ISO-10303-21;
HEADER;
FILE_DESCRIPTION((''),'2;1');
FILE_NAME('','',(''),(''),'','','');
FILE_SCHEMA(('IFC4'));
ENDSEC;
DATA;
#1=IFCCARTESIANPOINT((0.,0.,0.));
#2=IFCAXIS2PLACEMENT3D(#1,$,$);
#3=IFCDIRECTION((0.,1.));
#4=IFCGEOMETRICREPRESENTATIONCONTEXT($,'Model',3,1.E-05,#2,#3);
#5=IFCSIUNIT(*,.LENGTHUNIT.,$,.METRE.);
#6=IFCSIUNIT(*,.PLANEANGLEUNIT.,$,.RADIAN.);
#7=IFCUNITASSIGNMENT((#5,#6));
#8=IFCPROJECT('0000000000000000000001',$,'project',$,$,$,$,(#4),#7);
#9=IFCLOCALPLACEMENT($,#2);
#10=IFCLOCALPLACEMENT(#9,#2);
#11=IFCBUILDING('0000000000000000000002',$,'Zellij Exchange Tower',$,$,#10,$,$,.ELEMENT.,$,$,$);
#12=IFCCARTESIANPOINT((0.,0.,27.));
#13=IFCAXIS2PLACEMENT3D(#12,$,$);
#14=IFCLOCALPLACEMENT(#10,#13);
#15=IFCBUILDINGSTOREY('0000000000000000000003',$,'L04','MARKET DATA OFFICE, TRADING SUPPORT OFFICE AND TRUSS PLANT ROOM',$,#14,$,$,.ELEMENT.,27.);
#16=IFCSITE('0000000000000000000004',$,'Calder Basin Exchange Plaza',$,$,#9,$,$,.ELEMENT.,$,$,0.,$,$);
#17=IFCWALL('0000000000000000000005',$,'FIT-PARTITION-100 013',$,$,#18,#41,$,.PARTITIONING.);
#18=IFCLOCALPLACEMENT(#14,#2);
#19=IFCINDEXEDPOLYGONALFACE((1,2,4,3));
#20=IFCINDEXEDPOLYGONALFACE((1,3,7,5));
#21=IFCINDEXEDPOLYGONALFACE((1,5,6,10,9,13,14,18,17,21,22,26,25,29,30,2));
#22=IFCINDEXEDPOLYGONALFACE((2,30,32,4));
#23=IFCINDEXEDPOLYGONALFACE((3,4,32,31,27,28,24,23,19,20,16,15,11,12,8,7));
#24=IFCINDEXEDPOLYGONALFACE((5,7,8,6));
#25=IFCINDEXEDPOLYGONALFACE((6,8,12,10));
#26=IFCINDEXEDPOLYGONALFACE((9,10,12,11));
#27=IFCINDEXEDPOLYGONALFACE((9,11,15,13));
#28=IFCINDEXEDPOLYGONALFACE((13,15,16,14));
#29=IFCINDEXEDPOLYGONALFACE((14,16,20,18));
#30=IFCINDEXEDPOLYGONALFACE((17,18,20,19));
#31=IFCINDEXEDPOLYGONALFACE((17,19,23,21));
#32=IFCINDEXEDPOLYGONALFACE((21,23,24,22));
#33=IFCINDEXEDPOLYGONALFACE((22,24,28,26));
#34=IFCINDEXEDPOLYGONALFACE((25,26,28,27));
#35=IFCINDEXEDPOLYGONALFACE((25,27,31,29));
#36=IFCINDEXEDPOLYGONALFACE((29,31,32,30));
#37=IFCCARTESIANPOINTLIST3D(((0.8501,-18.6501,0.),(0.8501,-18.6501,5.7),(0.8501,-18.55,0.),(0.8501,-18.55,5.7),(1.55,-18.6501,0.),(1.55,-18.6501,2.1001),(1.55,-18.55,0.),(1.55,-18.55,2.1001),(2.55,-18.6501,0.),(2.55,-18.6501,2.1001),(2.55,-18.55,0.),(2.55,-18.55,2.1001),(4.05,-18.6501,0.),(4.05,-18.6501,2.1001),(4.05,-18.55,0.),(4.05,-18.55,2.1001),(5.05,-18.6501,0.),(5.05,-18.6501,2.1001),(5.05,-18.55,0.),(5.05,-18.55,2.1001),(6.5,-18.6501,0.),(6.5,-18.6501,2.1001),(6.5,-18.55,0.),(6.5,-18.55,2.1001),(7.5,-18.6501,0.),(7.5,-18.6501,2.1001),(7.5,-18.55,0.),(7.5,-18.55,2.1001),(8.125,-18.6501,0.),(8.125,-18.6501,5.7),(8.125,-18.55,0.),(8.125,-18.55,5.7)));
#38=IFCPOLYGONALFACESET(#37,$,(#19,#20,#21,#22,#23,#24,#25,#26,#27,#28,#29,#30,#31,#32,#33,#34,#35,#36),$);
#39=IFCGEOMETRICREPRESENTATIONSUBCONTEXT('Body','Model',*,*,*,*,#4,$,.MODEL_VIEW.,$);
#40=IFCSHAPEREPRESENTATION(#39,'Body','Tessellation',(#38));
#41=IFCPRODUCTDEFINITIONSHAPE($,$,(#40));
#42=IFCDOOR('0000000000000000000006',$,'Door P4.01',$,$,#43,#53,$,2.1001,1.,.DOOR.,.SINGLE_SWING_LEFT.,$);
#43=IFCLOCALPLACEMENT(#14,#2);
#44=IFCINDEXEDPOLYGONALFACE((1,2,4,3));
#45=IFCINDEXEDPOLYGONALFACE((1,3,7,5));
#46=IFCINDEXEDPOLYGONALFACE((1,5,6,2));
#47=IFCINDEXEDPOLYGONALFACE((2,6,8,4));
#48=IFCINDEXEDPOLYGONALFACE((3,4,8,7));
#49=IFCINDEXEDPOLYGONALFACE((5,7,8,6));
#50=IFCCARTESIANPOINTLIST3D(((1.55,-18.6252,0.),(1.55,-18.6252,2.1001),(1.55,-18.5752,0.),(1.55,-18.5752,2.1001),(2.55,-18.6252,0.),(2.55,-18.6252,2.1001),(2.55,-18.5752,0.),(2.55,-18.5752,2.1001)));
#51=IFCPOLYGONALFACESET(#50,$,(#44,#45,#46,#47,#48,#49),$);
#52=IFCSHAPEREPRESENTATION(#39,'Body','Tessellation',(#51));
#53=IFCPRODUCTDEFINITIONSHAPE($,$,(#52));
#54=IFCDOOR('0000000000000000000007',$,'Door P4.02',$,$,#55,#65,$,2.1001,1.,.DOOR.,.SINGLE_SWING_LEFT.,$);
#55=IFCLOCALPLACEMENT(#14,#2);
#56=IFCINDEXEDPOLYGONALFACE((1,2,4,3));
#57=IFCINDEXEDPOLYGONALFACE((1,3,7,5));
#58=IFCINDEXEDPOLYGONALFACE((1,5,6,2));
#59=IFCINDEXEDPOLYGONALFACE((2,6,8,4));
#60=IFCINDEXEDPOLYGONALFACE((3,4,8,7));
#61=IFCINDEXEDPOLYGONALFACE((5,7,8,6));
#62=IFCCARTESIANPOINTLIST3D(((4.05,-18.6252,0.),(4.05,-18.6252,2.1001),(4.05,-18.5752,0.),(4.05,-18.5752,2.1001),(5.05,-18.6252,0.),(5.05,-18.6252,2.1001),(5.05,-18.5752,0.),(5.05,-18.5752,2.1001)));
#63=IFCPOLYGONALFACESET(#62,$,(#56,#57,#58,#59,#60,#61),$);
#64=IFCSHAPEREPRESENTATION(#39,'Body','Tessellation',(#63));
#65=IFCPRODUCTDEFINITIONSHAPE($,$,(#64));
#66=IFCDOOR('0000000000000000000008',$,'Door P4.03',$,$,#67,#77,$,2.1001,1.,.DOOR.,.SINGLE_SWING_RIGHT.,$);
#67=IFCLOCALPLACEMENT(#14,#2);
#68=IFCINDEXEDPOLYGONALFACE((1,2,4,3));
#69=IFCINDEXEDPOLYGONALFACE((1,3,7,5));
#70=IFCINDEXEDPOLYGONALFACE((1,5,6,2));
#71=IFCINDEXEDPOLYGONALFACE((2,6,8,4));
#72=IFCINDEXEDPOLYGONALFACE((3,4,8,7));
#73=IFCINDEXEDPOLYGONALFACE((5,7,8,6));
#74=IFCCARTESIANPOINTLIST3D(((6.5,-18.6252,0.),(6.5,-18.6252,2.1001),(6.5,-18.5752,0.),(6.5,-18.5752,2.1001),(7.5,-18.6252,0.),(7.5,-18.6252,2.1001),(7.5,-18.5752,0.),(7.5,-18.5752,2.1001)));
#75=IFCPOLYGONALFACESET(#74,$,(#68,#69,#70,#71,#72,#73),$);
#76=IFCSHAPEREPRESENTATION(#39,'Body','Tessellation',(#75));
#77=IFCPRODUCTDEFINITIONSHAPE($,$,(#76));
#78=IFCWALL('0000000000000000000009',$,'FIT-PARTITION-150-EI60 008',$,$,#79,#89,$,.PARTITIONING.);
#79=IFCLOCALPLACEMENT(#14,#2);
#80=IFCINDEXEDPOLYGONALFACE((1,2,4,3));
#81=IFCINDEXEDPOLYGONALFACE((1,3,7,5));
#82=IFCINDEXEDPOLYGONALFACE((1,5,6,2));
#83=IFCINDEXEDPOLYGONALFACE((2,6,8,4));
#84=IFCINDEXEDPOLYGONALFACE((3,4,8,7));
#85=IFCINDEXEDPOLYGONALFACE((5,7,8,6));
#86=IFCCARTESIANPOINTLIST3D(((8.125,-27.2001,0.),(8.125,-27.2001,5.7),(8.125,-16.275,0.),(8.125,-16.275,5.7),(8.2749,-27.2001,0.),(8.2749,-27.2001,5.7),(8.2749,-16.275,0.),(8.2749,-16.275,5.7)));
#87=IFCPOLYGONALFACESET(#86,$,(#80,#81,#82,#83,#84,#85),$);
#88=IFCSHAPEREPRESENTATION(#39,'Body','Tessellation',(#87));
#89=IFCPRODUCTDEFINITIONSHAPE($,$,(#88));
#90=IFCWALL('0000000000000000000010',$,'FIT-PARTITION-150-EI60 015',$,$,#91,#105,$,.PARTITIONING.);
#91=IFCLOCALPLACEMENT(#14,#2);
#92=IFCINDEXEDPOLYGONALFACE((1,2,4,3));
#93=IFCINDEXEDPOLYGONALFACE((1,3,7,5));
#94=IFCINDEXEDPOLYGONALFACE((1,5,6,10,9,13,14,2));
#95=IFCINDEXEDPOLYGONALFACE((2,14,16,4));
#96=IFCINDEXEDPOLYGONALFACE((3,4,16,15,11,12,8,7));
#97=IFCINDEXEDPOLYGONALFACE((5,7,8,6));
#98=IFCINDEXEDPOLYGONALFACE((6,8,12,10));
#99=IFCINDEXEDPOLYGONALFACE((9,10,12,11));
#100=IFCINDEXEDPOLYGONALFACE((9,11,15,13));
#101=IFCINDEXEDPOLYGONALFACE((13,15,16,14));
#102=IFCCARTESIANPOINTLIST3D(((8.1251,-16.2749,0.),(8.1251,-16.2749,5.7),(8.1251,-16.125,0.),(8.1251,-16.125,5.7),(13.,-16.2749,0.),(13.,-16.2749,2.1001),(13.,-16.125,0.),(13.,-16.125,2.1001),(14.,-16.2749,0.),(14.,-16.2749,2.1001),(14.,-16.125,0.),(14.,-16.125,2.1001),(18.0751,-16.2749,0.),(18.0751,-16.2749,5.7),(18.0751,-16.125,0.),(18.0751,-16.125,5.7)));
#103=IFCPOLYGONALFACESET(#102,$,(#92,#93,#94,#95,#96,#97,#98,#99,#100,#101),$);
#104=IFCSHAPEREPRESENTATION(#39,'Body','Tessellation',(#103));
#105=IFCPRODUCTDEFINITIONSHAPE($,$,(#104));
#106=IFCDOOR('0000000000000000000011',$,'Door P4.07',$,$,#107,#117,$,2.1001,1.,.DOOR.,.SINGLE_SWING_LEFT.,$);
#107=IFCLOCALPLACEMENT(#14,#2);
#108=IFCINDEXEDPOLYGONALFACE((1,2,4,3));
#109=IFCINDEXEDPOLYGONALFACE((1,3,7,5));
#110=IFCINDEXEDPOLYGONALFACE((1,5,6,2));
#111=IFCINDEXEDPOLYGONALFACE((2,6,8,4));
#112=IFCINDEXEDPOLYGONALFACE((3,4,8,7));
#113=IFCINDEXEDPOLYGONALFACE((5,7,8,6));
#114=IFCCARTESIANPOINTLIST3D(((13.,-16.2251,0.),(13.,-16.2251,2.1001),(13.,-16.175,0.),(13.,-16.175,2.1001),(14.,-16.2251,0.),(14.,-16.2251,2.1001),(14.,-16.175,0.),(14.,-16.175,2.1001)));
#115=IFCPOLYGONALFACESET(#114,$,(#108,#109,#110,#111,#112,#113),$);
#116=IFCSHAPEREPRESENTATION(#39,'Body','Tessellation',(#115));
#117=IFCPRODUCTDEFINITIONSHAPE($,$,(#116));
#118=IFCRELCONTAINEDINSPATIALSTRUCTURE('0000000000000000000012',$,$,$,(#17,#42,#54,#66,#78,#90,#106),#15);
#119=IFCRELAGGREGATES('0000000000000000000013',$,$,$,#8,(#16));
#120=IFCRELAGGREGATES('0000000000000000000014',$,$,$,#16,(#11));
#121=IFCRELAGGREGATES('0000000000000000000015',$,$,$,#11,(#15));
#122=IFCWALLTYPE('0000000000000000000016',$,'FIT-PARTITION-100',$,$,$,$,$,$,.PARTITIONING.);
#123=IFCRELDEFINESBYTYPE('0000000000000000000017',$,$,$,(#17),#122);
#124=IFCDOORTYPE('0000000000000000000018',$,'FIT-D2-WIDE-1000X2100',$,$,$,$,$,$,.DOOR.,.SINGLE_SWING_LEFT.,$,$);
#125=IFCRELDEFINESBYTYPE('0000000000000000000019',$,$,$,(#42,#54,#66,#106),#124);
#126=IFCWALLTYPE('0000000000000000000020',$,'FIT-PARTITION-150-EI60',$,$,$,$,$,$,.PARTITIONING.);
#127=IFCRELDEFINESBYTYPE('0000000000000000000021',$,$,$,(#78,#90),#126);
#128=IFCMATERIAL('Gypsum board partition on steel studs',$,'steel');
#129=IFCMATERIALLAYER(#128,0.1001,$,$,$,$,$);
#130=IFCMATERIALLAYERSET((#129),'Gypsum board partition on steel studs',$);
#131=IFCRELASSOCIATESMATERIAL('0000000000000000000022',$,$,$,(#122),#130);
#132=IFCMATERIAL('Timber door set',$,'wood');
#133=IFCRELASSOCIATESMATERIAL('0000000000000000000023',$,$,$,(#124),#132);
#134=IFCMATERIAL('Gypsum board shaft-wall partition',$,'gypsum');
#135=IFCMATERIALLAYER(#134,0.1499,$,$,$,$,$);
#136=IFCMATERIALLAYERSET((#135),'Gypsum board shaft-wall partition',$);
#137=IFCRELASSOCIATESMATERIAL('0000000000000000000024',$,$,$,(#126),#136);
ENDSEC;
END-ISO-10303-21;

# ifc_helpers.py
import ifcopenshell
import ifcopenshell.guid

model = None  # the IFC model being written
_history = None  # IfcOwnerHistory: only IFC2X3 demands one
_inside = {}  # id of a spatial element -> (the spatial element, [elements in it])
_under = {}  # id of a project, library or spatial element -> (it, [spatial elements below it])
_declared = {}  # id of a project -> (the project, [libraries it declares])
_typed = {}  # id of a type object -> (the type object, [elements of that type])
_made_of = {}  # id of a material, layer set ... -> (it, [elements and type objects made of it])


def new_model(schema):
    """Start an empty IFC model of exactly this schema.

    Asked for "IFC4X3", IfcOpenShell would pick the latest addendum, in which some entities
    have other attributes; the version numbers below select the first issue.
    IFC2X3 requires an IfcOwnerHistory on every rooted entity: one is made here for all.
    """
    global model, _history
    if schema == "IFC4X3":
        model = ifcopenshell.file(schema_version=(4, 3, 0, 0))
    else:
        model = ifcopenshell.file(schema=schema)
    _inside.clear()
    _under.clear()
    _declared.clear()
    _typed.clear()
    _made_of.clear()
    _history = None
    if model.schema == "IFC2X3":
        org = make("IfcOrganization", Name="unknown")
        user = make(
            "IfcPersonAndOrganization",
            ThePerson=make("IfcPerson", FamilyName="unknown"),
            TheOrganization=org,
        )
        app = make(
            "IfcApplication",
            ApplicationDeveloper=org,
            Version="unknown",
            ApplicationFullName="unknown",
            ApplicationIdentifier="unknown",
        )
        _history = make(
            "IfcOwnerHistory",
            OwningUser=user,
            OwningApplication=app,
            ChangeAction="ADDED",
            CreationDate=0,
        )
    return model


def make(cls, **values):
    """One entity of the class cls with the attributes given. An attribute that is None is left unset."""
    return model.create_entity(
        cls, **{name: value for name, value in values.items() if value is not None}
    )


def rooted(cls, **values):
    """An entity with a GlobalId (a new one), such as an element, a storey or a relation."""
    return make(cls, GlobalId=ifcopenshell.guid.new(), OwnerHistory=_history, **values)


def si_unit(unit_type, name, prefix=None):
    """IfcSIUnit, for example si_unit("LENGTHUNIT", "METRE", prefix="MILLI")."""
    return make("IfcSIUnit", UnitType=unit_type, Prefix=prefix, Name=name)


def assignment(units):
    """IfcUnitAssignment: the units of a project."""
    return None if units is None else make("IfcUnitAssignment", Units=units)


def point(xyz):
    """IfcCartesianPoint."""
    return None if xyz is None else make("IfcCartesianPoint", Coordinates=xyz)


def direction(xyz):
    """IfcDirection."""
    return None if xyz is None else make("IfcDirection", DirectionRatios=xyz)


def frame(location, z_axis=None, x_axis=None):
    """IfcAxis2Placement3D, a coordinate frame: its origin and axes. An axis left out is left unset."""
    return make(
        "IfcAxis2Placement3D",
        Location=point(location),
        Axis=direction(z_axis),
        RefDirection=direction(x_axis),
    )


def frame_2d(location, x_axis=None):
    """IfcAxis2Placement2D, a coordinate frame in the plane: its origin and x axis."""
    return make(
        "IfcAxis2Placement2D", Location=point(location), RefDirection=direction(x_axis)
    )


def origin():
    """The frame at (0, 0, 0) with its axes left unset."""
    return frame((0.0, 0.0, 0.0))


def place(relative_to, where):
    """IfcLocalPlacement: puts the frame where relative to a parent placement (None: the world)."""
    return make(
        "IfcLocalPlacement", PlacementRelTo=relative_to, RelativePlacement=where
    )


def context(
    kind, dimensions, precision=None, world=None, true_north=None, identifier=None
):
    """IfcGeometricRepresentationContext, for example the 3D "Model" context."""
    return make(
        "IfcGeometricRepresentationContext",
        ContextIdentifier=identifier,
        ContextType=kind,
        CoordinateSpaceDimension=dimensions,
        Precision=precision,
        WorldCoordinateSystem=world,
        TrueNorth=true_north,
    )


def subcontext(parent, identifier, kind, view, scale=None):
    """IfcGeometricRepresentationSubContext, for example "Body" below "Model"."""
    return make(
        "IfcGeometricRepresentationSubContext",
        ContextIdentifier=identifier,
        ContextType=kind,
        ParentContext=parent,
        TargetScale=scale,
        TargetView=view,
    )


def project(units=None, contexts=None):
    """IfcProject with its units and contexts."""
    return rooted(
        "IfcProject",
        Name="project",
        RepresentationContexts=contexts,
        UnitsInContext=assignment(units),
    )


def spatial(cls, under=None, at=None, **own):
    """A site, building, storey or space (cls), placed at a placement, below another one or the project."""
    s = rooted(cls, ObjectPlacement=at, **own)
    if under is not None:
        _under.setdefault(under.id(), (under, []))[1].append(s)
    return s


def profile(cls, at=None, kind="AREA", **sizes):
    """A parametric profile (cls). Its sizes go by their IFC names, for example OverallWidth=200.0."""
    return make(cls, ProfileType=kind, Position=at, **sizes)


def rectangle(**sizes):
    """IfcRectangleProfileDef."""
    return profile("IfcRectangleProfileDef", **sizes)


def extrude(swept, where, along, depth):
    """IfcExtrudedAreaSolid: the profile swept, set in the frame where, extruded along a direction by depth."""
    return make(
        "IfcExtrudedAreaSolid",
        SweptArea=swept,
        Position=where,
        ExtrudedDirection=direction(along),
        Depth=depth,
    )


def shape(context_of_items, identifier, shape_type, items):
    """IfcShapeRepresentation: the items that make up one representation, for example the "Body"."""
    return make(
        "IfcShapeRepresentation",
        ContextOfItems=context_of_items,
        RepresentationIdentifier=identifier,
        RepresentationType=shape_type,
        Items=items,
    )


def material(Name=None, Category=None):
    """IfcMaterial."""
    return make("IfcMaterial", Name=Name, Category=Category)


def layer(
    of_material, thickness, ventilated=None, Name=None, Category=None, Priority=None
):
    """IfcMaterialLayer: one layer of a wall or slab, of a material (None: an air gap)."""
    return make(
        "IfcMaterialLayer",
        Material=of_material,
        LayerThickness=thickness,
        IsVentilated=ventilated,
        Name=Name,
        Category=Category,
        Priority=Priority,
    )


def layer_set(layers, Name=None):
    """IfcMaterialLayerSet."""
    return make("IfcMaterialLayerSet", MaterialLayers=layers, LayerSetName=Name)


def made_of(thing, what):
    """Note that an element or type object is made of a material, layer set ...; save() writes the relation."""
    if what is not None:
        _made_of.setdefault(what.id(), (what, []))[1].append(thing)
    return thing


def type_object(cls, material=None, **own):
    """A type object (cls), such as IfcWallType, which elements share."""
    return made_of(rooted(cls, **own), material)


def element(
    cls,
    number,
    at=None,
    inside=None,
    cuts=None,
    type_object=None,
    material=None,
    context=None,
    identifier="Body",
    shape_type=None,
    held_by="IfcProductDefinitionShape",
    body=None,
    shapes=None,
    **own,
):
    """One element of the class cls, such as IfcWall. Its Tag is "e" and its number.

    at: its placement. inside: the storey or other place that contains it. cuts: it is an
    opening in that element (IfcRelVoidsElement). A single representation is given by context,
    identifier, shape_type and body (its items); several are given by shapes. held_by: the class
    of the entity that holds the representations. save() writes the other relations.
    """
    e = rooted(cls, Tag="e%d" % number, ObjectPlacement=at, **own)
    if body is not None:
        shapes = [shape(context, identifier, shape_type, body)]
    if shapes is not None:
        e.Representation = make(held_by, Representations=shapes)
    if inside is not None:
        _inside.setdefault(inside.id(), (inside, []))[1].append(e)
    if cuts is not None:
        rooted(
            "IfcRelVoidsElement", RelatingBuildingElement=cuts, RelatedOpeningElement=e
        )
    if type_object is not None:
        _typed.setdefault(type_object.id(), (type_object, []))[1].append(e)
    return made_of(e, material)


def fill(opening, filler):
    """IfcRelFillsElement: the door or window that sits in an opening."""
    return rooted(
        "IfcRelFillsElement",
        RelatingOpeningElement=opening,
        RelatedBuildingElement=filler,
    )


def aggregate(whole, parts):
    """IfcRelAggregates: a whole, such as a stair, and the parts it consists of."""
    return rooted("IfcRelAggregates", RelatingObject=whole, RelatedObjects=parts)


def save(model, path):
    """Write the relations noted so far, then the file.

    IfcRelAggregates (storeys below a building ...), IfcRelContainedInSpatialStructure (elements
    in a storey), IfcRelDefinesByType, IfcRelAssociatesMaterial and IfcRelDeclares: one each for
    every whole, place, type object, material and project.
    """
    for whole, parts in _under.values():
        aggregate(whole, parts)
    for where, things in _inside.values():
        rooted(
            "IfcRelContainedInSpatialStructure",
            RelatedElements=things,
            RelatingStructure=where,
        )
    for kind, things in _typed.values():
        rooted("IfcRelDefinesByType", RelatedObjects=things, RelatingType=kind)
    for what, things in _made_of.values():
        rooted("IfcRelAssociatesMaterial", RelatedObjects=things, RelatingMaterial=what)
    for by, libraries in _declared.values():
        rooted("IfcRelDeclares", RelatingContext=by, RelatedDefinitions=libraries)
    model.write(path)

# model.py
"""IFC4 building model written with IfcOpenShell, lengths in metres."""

from ifc_helpers import new_model, si_unit, direction, frame, frame_2d, origin, place, context, subcontext, project, spatial, rectangle, extrude, material, layer, layer_set, type_object, element, fill, save


model = new_model("IFC4")

# Units and contexts
model_context = context("Model", 3, precision=1e-05, world=origin(), true_north=direction((0.0, 1.0)))
body_context = subcontext(model_context, "Body", "Model", "MODEL_VIEW")
ifc_project = project(units=[si_unit("LENGTHUNIT", "METRE"), si_unit("PLANEANGLEUNIT", "RADIAN")], contexts=[model_context])

# Site, building, storey
site_placement = place(None, origin())
site = spatial("IfcSite", under=ifc_project, at=site_placement, Name="Calder Basin Exchange Plaza", CompositionType="ELEMENT", RefElevation=0.0)
building_placement = place(site_placement, origin())
building = spatial("IfcBuilding", under=site, at=building_placement, Name="Zellij Exchange Tower", CompositionType="ELEMENT")
storey_placement = place(building_placement, frame((0.0, 0.0, 27.0)))
storey = spatial("IfcBuildingStorey", under=building, at=storey_placement, Name="L04", Description="MARKET DATA OFFICE, TRADING SUPPORT OFFICE AND TRUSS PLANT ROOM", CompositionType="ELEMENT", Elevation=27.0)

# Shared definitions
ifc_material_1 = material(Name="Gypsum board partition on steel studs", Category="steel")
ifc_layer_1 = layer(ifc_material_1, 0.1001)
ifc_layer_set_1 = layer_set([ifc_layer_1], Name="Gypsum board partition on steel studs")
wall_type_1 = type_object("IfcWallType", Name="FIT-PARTITION-100", PredefinedType="PARTITIONING", material=ifc_layer_set_1)

# Wall, openings, doors
wall_1_placement = place(storey_placement, frame((0.8501, -18.6001, 0.0), z_axis=(0.0, 0.0, 1.0), x_axis=(1.0, 0.0, 0.0)))
wall_1 = element("IfcWall", 1, at=wall_1_placement, inside=storey, type_object=wall_type_1, Name="FIT-PARTITION-100 013", PredefinedType="PARTITIONING", context=body_context, shape_type="SweptSolid", body=[
    extrude(rectangle(XDim=7.2749, YDim=0.1001, at=frame_2d((3.6375, 0.0))), origin(), (0.0, 0.0, 1.0), 5.7),
])
opening_1_placement = place(wall_1_placement, frame((0.7, 0.0, 0.0)))
opening_1 = element("IfcOpeningElement", 2, at=opening_1_placement, cuts=wall_1, PredefinedType="OPENING", context=body_context, shape_type="SweptSolid", body=[
    extrude(rectangle(XDim=1.0, YDim=2.1001, at=frame_2d((0.5, 1.05))), frame((0.0, 0.062, 0.0), z_axis=(0.0, -1.0, 0.0), x_axis=(1.0, 0.0, 0.0)), (0.0, 0.0, 1.0), 0.124),
])
opening_2_placement = place(wall_1_placement, frame((3.2, 0.0, 0.0)))
opening_2 = element("IfcOpeningElement", 3, at=opening_2_placement, cuts=wall_1, PredefinedType="OPENING", context=body_context, shape_type="SweptSolid", body=[
    extrude(rectangle(XDim=1.0, YDim=2.1001, at=frame_2d((0.5, 1.05))), frame((0.0, 0.062, 0.0), z_axis=(0.0, -1.0, 0.0), x_axis=(1.0, 0.0, 0.0)), (0.0, 0.0, 1.0), 0.124),
])
opening_3_placement = place(wall_1_placement, frame((5.6499, 0.0, 0.0)))
opening_3 = element("IfcOpeningElement", 4, at=opening_3_placement, cuts=wall_1, PredefinedType="OPENING", context=body_context, shape_type="SweptSolid", body=[
    extrude(rectangle(XDim=1.0, YDim=2.1001, at=frame_2d((0.5, 1.05))), frame((0.0, 0.062, 0.0), z_axis=(0.0, -1.0, 0.0), x_axis=(1.0, 0.0, 0.0)), (0.0, 0.0, 1.0), 0.124),
])
ifc_material_2 = material(Name="Timber door set", Category="wood")
door_type_1 = type_object("IfcDoorType", Name="FIT-D2-WIDE-1000X2100", OperationType="SINGLE_SWING_LEFT", PredefinedType="DOOR", material=ifc_material_2)
door_1_placement = place(opening_1_placement, origin())
door_1 = element("IfcDoor", 5, at=door_1_placement, inside=storey, type_object=door_type_1, Name="Door P4.01", OperationType="SINGLE_SWING_LEFT", OverallHeight=2.1001, OverallWidth=1.0, PredefinedType="DOOR", context=body_context, shape_type="SweptSolid", body=[
    extrude(rectangle(XDim=1.0, YDim=2.1001, at=frame_2d((0.5, 1.05))), frame((0.0, 0.0249, 0.0), z_axis=(0.0, -1.0, 0.0), x_axis=(1.0, 0.0, 0.0)), (0.0, 0.0, 1.0), 0.05),
])
fill(opening_1, door_1)
door_2_placement = place(opening_2_placement, origin())
door_2 = element("IfcDoor", 6, at=door_2_placement, inside=storey, type_object=door_type_1, Name="Door P4.02", OperationType="SINGLE_SWING_LEFT", OverallHeight=2.1001, OverallWidth=1.0, PredefinedType="DOOR", context=body_context, shape_type="SweptSolid", body=[
    extrude(rectangle(XDim=1.0, YDim=2.1001, at=frame_2d((0.5, 1.05))), frame((0.0, 0.0249, 0.0), z_axis=(0.0, -1.0, 0.0), x_axis=(1.0, 0.0, 0.0)), (0.0, 0.0, 1.0), 0.05),
])
fill(opening_2, door_2)
door_3_placement = place(opening_3_placement, origin())
door_3 = element("IfcDoor", 7, at=door_3_placement, inside=storey, type_object=door_type_1, Name="Door P4.03", OperationType="SINGLE_SWING_RIGHT", OverallHeight=2.1001, OverallWidth=1.0, PredefinedType="DOOR", context=body_context, shape_type="SweptSolid", body=[
    extrude(rectangle(XDim=1.0, YDim=2.1001, at=frame_2d((0.5, 1.05))), frame((0.0, 0.0249, 0.0), z_axis=(0.0, -1.0, 0.0), x_axis=(1.0, 0.0, 0.0)), (0.0, 0.0, 1.0), 0.05),
])
fill(opening_3, door_3)

# Wall
ifc_material_3 = material(Name="Gypsum board shaft-wall partition", Category="gypsum")
ifc_layer_2 = layer(ifc_material_3, 0.1499)
ifc_layer_set_2 = layer_set([ifc_layer_2], Name="Gypsum board shaft-wall partition")
wall_type_2 = type_object("IfcWallType", Name="FIT-PARTITION-150-EI60", PredefinedType="PARTITIONING", material=ifc_layer_set_2)
wall_2_placement = place(storey_placement, frame((8.2, -27.2, 0.0), z_axis=(0.0, 0.0, 1.0), x_axis=(0.0, 1.0, 0.0)))
element("IfcWall", 8, at=wall_2_placement, inside=storey, type_object=wall_type_2, Name="FIT-PARTITION-150-EI60 008", PredefinedType="PARTITIONING", context=body_context, shape_type="SweptSolid", body=[
    extrude(rectangle(XDim=10.925, YDim=0.1499, at=frame_2d((5.4624, 0.0))), origin(), (0.0, 0.0, 1.0), 5.7),
])

# Wall, opening, door
wall_3_placement = place(storey_placement, frame((8.125, -16.2, 0.0), z_axis=(0.0, 0.0, 1.0), x_axis=(1.0, 0.0, 0.0)))
wall_3 = element("IfcWall", 9, at=wall_3_placement, inside=storey, type_object=wall_type_2, Name="FIT-PARTITION-150-EI60 015", PredefinedType="PARTITIONING", context=body_context, shape_type="SweptSolid", body=[
    extrude(rectangle(XDim=9.95, YDim=0.1499, at=frame_2d((4.9751, 0.0))), origin(), (0.0, 0.0, 1.0), 5.7),
])
opening_4_placement = place(wall_3_placement, frame((4.875, 0.0, 0.0)))
opening_4 = element("IfcOpeningElement", 10, at=opening_4_placement, cuts=wall_3, PredefinedType="OPENING", context=body_context, shape_type="SweptSolid", body=[
    extrude(rectangle(XDim=1.0, YDim=2.1001, at=frame_2d((0.5, 1.05))), frame((0.0, 0.0869, 0.0), z_axis=(0.0, -1.0, 0.0), x_axis=(1.0, 0.0, 0.0)), (0.0, 0.0, 1.0), 0.1738),
])
door_4_placement = place(opening_4_placement, origin())
door_4 = element("IfcDoor", 11, at=door_4_placement, inside=storey, type_object=door_type_1, Name="Door P4.07", OperationType="SINGLE_SWING_LEFT", OverallHeight=2.1001, OverallWidth=1.0, PredefinedType="DOOR", context=body_context, shape_type="SweptSolid", body=[
    extrude(rectangle(XDim=1.0, YDim=2.1001, at=frame_2d((0.5, 1.05))), frame((0.0, 0.0249, 0.0), z_axis=(0.0, -1.0, 0.0), x_axis=(1.0, 0.0, 0.0)), (0.0, 0.0, 1.0), 0.05),
])
fill(opening_4, door_4)

save(model, "model.ifc")
